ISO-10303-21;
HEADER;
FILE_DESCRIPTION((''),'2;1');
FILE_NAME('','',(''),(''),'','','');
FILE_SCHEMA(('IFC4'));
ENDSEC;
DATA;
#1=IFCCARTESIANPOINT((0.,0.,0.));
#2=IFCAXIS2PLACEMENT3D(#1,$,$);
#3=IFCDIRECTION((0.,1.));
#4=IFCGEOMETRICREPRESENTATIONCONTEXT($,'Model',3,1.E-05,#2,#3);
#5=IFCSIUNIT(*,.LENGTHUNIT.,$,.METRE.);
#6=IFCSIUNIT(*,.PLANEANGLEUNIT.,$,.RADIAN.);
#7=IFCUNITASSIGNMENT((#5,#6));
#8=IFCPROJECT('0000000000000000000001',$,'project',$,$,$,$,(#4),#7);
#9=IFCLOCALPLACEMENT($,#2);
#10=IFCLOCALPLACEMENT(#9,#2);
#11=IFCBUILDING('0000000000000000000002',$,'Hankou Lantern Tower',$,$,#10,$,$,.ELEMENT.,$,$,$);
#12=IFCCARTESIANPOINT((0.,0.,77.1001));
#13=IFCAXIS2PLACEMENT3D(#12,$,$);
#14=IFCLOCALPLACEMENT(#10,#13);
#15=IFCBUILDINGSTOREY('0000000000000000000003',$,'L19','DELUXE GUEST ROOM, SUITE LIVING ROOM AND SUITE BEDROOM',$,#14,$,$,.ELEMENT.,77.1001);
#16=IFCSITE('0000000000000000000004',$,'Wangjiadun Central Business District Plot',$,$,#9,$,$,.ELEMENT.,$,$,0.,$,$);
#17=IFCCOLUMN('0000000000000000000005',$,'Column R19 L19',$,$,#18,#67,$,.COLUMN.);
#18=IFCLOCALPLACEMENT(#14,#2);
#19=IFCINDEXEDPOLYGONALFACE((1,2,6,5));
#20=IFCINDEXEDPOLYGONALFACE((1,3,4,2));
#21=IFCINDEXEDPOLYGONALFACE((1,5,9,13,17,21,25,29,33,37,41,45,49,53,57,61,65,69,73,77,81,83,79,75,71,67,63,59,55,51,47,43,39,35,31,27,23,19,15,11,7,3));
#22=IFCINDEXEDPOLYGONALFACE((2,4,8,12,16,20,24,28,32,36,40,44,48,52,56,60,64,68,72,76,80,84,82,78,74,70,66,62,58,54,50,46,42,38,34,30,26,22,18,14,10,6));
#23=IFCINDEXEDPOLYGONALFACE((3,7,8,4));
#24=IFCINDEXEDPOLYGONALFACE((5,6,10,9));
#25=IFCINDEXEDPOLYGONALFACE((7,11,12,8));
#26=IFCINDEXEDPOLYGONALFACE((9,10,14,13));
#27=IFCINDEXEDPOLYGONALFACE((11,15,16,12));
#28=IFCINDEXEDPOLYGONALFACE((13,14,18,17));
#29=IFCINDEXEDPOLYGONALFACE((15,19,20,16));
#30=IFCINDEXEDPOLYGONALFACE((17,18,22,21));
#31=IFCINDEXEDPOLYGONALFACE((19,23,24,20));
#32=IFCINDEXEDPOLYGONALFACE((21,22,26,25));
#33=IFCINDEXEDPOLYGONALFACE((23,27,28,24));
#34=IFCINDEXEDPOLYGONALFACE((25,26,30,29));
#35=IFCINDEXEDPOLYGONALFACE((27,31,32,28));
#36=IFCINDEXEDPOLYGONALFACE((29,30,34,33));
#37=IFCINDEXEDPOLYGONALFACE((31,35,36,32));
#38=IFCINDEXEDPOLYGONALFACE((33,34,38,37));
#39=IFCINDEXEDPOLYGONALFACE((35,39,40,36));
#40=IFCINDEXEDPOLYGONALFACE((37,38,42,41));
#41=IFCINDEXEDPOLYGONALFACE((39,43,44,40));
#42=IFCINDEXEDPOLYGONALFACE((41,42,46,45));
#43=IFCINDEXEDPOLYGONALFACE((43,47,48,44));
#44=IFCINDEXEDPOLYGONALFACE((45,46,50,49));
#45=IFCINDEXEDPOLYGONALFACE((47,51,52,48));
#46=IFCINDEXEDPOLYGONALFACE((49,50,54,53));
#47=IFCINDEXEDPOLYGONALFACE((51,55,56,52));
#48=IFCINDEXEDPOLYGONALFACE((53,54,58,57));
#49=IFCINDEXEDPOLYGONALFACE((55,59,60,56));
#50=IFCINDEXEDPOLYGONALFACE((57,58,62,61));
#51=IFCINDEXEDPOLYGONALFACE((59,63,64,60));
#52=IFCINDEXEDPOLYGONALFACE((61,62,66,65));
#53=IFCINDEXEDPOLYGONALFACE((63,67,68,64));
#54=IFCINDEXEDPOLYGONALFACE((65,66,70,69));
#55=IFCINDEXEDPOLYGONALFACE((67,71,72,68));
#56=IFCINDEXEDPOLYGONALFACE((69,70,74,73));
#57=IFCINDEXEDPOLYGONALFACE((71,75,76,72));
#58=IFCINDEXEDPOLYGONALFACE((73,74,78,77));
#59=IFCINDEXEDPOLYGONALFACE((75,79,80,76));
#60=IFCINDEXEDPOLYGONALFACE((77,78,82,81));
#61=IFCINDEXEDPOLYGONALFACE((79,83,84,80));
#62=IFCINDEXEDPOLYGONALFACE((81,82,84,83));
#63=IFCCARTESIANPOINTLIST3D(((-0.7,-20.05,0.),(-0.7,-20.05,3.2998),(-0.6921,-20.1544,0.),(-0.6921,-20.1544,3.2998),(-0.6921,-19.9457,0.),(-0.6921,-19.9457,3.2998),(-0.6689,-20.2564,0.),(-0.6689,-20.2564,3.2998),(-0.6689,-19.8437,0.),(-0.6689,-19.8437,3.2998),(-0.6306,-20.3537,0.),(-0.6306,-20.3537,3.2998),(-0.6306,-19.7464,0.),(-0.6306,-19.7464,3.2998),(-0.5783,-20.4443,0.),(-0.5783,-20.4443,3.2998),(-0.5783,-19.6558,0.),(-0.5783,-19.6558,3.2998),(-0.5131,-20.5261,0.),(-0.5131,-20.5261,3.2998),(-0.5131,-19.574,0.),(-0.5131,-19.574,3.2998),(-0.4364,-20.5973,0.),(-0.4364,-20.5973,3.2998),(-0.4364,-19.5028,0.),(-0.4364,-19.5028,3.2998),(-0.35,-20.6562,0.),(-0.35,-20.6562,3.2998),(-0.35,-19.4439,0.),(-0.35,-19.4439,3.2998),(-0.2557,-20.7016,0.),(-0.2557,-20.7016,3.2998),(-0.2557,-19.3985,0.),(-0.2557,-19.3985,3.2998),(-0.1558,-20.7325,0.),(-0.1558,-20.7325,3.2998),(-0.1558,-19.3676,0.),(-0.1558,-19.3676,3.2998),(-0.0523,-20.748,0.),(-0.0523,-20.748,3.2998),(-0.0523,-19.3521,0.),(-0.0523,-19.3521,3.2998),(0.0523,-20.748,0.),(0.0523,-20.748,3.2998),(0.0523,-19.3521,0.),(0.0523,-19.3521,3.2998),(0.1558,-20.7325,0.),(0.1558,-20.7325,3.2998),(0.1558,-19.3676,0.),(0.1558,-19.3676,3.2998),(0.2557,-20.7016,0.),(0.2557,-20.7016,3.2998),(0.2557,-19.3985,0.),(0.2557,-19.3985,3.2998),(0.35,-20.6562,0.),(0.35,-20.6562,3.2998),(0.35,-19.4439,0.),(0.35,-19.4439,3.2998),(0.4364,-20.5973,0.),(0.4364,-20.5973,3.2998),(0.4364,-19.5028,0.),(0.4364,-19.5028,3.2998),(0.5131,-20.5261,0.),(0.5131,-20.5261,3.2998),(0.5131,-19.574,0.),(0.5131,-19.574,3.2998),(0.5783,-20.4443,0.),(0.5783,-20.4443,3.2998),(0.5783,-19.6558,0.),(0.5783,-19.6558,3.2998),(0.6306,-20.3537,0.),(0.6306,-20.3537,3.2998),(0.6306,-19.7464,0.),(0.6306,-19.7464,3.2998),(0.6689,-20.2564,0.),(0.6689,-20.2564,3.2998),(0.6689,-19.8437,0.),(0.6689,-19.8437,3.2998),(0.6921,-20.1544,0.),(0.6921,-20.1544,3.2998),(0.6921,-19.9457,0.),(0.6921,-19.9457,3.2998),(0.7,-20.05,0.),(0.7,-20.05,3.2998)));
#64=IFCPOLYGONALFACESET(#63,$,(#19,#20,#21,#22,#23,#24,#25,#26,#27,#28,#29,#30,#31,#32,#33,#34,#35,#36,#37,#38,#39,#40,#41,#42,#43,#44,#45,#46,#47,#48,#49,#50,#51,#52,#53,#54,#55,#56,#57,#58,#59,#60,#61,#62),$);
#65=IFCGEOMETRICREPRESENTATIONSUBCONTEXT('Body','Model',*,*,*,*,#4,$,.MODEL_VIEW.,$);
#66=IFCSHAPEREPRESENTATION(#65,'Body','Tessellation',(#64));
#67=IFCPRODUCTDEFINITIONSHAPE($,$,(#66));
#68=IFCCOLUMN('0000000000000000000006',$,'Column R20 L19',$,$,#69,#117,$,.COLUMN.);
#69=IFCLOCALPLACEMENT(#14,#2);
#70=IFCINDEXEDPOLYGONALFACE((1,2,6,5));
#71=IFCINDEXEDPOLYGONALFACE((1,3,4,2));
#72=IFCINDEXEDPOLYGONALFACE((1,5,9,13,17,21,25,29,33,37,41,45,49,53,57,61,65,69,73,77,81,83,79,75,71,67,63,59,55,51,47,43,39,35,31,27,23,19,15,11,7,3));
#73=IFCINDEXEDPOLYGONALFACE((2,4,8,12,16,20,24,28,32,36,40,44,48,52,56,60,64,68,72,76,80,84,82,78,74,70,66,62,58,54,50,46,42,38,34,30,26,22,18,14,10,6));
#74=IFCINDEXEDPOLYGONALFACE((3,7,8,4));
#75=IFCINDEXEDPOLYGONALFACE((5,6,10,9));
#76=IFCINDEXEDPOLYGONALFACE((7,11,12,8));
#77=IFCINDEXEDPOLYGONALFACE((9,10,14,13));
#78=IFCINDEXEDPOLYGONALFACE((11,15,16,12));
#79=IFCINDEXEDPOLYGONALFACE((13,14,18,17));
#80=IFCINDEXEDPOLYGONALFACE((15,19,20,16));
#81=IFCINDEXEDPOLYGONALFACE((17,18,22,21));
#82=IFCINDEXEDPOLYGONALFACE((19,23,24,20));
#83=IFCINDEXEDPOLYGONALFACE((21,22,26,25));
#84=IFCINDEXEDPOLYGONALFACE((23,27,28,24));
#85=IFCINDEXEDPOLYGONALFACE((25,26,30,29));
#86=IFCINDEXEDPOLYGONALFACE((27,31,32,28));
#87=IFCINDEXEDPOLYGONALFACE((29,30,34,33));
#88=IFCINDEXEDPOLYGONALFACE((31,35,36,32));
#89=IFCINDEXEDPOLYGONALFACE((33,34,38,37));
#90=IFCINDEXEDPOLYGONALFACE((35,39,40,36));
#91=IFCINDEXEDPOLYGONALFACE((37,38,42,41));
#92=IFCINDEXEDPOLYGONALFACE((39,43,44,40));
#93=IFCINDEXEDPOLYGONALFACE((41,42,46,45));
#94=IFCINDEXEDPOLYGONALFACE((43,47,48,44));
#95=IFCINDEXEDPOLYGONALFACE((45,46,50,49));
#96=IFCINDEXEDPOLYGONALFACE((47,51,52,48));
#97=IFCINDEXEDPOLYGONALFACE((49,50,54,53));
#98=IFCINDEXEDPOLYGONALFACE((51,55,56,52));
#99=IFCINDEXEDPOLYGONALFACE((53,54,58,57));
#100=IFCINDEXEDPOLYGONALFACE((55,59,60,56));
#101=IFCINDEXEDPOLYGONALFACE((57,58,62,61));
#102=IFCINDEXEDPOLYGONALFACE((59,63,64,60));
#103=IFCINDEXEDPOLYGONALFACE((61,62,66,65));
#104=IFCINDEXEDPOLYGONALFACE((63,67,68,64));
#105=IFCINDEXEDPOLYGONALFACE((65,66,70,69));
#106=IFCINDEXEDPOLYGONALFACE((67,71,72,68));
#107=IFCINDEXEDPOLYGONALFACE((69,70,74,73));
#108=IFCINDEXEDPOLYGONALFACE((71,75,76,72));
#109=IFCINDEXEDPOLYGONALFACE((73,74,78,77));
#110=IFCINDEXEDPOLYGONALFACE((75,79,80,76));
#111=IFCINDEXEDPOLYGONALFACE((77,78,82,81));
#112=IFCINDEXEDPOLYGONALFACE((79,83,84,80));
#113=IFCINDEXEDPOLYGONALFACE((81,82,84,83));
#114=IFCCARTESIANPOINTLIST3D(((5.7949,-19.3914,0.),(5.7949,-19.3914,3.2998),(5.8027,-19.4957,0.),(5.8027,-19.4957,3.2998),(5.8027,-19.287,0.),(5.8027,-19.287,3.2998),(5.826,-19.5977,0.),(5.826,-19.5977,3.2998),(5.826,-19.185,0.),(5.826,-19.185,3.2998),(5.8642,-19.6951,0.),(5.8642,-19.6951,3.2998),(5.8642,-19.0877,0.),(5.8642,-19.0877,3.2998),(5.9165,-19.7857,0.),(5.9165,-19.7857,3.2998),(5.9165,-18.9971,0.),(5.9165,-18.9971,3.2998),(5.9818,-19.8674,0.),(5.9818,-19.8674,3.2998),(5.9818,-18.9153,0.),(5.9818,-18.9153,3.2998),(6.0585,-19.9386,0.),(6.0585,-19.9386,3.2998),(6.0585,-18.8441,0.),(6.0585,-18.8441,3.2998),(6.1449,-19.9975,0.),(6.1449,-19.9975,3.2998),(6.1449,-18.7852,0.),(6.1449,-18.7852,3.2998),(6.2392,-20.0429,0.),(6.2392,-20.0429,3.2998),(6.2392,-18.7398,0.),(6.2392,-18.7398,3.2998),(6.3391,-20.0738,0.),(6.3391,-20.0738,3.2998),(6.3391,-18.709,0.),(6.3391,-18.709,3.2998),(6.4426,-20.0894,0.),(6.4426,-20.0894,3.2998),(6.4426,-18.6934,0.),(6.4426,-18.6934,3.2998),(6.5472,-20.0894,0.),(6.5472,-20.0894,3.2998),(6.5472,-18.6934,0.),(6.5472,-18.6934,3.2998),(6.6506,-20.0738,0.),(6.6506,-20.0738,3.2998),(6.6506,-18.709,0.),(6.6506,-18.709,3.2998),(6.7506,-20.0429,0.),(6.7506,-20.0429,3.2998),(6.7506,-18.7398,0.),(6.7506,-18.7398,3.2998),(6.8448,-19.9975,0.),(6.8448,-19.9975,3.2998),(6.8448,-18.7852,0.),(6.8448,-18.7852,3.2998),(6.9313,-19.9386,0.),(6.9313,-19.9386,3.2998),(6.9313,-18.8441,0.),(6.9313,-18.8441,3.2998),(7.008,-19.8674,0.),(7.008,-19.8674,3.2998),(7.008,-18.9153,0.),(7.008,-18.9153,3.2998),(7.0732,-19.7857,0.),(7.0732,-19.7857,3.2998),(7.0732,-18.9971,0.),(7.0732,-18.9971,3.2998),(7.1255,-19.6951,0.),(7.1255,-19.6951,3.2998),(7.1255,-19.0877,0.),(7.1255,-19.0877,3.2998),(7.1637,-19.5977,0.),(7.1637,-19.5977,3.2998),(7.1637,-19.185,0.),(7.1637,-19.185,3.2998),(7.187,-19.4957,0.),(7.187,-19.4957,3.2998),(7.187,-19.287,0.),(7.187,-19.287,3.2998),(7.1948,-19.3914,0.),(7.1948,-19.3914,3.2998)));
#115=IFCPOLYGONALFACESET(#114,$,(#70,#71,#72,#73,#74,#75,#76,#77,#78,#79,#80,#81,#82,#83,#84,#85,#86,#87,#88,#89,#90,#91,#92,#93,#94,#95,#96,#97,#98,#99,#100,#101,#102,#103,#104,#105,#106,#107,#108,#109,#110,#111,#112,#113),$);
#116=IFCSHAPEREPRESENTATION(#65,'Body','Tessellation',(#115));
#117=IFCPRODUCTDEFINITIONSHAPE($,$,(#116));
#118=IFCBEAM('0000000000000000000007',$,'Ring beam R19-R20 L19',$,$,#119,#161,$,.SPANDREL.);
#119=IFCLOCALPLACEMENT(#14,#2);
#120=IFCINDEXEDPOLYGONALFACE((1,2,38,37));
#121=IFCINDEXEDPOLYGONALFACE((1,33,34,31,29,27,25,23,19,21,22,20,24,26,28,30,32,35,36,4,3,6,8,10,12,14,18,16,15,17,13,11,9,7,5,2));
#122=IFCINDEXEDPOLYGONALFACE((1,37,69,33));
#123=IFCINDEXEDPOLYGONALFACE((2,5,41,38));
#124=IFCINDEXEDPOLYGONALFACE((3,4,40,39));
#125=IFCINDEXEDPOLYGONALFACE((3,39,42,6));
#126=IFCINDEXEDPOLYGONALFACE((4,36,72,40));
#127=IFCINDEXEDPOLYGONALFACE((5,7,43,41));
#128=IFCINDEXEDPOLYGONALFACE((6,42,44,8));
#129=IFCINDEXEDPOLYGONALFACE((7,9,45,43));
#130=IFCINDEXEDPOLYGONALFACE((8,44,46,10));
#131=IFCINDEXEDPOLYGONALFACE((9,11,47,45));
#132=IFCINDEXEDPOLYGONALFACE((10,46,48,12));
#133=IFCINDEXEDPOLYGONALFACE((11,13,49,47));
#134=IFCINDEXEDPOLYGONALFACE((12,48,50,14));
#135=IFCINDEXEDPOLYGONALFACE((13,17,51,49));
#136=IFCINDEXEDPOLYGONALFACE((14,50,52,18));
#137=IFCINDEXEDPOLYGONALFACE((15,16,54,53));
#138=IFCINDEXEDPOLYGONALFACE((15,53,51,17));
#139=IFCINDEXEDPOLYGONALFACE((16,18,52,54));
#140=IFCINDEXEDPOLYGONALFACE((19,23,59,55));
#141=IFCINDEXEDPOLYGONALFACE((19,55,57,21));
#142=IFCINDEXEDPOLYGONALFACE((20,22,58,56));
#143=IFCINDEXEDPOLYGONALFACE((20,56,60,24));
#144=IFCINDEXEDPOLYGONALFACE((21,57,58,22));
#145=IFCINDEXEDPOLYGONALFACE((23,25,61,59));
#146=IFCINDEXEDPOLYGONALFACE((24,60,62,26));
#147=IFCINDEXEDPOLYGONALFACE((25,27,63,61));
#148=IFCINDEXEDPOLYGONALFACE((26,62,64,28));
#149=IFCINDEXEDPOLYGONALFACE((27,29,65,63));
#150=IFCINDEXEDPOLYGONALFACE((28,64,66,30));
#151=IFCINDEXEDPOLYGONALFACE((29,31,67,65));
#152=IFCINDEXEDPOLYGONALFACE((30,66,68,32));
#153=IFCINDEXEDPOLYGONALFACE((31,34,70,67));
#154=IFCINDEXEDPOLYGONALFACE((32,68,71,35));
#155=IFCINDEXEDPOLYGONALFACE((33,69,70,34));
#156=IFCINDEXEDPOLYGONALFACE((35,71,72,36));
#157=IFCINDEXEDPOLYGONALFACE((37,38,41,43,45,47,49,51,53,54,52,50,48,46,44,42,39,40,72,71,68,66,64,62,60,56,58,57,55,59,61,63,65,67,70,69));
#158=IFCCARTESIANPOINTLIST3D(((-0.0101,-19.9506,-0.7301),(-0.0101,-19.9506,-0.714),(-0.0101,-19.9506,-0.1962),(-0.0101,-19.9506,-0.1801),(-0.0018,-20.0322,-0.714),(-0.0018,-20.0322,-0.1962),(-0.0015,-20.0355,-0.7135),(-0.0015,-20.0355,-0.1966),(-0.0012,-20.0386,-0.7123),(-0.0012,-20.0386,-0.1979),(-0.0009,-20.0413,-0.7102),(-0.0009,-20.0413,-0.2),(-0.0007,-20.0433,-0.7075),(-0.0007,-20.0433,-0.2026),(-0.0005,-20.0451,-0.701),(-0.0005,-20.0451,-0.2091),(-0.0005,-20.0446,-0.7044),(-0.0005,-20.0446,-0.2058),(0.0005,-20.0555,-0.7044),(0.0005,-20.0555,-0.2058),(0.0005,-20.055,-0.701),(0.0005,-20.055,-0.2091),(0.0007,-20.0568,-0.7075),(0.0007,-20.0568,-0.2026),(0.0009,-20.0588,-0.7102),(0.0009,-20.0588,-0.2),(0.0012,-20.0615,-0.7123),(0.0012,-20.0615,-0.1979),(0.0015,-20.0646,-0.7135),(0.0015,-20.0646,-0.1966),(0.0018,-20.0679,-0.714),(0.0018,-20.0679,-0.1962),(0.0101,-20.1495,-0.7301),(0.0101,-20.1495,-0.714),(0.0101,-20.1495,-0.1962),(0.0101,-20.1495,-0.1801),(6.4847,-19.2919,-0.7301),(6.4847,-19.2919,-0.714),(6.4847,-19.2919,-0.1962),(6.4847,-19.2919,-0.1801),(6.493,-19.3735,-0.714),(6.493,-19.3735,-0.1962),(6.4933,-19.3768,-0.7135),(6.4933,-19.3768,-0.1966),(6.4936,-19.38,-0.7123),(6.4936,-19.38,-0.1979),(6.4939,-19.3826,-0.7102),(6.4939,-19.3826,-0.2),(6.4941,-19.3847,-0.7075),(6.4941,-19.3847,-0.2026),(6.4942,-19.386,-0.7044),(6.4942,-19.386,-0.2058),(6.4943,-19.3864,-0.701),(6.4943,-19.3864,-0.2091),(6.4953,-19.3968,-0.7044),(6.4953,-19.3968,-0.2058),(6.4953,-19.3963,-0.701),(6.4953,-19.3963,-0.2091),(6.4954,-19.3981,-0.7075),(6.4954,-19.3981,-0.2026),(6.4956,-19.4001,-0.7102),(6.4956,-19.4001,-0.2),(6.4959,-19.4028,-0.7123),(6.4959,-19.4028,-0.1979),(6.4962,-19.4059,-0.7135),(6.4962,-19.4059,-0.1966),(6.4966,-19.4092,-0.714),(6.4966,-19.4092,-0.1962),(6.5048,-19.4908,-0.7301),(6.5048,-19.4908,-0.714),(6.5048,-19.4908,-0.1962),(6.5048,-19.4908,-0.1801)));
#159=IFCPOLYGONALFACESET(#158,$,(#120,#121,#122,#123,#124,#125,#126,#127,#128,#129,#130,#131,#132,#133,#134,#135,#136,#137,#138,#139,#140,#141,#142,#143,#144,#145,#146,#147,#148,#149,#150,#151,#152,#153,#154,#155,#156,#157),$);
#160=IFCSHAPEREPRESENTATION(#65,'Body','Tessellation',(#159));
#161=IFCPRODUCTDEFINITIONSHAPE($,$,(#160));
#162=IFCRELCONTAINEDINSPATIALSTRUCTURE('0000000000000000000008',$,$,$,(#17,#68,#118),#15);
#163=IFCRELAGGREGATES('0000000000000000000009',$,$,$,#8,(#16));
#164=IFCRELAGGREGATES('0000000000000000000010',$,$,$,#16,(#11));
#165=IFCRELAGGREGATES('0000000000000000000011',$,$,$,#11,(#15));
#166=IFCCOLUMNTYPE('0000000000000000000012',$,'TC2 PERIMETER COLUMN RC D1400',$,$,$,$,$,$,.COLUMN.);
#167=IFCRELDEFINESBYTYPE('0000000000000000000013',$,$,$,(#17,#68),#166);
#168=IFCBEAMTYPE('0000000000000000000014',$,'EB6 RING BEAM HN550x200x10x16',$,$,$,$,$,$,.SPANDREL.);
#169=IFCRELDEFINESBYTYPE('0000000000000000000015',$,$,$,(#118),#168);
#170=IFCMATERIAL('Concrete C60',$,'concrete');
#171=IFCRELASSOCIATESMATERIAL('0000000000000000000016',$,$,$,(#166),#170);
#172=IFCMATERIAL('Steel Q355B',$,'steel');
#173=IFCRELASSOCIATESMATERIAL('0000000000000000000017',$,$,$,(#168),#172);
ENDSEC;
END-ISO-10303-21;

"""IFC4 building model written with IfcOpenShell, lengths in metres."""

from ifc_helpers import new_model, si_unit, direction, frame, origin, origin_2d, place, context, subcontext, project, spatial, circle, i_section, extrude, material, material_profile, profile_set, type_object, element, save


model = new_model("IFC4")

# Units and contexts
model_context = context("Model", 3, precision=1e-05, world=origin(), true_north=direction((0.0, 1.0)))
body_context = subcontext(model_context, "Body", "Model", "MODEL_VIEW")
ifc_project = project(units=[si_unit("LENGTHUNIT", "METRE"), si_unit("PLANEANGLEUNIT", "RADIAN")], contexts=[model_context])

# Site, building, storey
site_placement = place(None, origin())
site = spatial("IfcSite", under=ifc_project, at=site_placement, Name="Wangjiadun Central Business District Plot", CompositionType="ELEMENT", RefElevation=0.0)
building_placement = place(site_placement, origin())
building = spatial("IfcBuilding", under=site, at=building_placement, Name="Hankou Lantern Tower", CompositionType="ELEMENT")
storey_placement = place(building_placement, frame((0.0, 0.0, 77.1001)))
storey = spatial("IfcBuildingStorey", under=building, at=storey_placement, Name="L19", Description="DELUXE GUEST ROOM, SUITE LIVING ROOM AND SUITE BEDROOM", CompositionType="ELEMENT", Elevation=77.1001)

# Columns
ifc_material_1 = material(Name="Concrete C60", Category="concrete")
ifc_material_profile_1 = material_profile(ifc_material_1, circle(Radius=0.7, at=origin_2d()), Name="RC D1400")
ifc_profile_set_1 = profile_set([ifc_material_profile_1], Name="Concrete C60")
column_type = type_object("IfcColumnType", Name="TC2 PERIMETER COLUMN RC D1400", PredefinedType="COLUMN", material=ifc_profile_set_1)
for number, where, z_axis, x_axis, name in (
    (1, (0.0, -20.05, 0.0), (0.0, 0.0, 1.0), (1.0, 0.0, 0.0), "Column R19 L19"),
    (2, (6.4949, -19.3914, 0.0), (0.0, 0.0, 1.0), (1.0, 0.0, 0.0), "Column R20 L19"),
):
    element("IfcColumn", number, at=place(storey_placement, frame(where, z_axis=z_axis, x_axis=x_axis)), inside=storey, type_object=column_type, Name=name, PredefinedType="COLUMN", context=body_context, shape_type="SweptSolid", body=[
        extrude(circle(Radius=0.7, at=origin_2d()), origin(), (0.0, 0.0, 1.0), 3.2998),
    ])

# Beam
ifc_material_2 = material(Name="Steel Q355B", Category="steel")
ifc_material_profile_2 = material_profile(ifc_material_2, i_section(OverallWidth=0.2, OverallDepth=0.55, WebThickness=0.01, FlangeThickness=0.0161, FilletRadius=0.0129, at=origin_2d()), Name="HN550x200x10x16")
ifc_profile_set_2 = profile_set([ifc_material_profile_2], Name="Steel Q355B")
beam_type_1 = type_object("IfcBeamType", Name="EB6 RING BEAM HN550x200x10x16", PredefinedType="SPANDREL", material=ifc_profile_set_2)
beam_1_placement = place(storey_placement, frame((0.0, -20.05, -0.4551), z_axis=(0.994897, 0.1009, 0.0), x_axis=(-0.1009, 0.994897, 0.0)))
element("IfcBeam", 3, at=beam_1_placement, inside=storey, type_object=beam_type_1, Name="Ring beam R19-R20 L19", PredefinedType="SPANDREL", context=body_context, shape_type="SweptSolid", body=[
    extrude(i_section(OverallWidth=0.2, OverallDepth=0.55, WebThickness=0.01, FlangeThickness=0.0161, FilletRadius=0.0129, at=origin_2d()), origin(), (0.0, 0.0, 1.0), 6.5281),
])

save(model, "model.ifc")
